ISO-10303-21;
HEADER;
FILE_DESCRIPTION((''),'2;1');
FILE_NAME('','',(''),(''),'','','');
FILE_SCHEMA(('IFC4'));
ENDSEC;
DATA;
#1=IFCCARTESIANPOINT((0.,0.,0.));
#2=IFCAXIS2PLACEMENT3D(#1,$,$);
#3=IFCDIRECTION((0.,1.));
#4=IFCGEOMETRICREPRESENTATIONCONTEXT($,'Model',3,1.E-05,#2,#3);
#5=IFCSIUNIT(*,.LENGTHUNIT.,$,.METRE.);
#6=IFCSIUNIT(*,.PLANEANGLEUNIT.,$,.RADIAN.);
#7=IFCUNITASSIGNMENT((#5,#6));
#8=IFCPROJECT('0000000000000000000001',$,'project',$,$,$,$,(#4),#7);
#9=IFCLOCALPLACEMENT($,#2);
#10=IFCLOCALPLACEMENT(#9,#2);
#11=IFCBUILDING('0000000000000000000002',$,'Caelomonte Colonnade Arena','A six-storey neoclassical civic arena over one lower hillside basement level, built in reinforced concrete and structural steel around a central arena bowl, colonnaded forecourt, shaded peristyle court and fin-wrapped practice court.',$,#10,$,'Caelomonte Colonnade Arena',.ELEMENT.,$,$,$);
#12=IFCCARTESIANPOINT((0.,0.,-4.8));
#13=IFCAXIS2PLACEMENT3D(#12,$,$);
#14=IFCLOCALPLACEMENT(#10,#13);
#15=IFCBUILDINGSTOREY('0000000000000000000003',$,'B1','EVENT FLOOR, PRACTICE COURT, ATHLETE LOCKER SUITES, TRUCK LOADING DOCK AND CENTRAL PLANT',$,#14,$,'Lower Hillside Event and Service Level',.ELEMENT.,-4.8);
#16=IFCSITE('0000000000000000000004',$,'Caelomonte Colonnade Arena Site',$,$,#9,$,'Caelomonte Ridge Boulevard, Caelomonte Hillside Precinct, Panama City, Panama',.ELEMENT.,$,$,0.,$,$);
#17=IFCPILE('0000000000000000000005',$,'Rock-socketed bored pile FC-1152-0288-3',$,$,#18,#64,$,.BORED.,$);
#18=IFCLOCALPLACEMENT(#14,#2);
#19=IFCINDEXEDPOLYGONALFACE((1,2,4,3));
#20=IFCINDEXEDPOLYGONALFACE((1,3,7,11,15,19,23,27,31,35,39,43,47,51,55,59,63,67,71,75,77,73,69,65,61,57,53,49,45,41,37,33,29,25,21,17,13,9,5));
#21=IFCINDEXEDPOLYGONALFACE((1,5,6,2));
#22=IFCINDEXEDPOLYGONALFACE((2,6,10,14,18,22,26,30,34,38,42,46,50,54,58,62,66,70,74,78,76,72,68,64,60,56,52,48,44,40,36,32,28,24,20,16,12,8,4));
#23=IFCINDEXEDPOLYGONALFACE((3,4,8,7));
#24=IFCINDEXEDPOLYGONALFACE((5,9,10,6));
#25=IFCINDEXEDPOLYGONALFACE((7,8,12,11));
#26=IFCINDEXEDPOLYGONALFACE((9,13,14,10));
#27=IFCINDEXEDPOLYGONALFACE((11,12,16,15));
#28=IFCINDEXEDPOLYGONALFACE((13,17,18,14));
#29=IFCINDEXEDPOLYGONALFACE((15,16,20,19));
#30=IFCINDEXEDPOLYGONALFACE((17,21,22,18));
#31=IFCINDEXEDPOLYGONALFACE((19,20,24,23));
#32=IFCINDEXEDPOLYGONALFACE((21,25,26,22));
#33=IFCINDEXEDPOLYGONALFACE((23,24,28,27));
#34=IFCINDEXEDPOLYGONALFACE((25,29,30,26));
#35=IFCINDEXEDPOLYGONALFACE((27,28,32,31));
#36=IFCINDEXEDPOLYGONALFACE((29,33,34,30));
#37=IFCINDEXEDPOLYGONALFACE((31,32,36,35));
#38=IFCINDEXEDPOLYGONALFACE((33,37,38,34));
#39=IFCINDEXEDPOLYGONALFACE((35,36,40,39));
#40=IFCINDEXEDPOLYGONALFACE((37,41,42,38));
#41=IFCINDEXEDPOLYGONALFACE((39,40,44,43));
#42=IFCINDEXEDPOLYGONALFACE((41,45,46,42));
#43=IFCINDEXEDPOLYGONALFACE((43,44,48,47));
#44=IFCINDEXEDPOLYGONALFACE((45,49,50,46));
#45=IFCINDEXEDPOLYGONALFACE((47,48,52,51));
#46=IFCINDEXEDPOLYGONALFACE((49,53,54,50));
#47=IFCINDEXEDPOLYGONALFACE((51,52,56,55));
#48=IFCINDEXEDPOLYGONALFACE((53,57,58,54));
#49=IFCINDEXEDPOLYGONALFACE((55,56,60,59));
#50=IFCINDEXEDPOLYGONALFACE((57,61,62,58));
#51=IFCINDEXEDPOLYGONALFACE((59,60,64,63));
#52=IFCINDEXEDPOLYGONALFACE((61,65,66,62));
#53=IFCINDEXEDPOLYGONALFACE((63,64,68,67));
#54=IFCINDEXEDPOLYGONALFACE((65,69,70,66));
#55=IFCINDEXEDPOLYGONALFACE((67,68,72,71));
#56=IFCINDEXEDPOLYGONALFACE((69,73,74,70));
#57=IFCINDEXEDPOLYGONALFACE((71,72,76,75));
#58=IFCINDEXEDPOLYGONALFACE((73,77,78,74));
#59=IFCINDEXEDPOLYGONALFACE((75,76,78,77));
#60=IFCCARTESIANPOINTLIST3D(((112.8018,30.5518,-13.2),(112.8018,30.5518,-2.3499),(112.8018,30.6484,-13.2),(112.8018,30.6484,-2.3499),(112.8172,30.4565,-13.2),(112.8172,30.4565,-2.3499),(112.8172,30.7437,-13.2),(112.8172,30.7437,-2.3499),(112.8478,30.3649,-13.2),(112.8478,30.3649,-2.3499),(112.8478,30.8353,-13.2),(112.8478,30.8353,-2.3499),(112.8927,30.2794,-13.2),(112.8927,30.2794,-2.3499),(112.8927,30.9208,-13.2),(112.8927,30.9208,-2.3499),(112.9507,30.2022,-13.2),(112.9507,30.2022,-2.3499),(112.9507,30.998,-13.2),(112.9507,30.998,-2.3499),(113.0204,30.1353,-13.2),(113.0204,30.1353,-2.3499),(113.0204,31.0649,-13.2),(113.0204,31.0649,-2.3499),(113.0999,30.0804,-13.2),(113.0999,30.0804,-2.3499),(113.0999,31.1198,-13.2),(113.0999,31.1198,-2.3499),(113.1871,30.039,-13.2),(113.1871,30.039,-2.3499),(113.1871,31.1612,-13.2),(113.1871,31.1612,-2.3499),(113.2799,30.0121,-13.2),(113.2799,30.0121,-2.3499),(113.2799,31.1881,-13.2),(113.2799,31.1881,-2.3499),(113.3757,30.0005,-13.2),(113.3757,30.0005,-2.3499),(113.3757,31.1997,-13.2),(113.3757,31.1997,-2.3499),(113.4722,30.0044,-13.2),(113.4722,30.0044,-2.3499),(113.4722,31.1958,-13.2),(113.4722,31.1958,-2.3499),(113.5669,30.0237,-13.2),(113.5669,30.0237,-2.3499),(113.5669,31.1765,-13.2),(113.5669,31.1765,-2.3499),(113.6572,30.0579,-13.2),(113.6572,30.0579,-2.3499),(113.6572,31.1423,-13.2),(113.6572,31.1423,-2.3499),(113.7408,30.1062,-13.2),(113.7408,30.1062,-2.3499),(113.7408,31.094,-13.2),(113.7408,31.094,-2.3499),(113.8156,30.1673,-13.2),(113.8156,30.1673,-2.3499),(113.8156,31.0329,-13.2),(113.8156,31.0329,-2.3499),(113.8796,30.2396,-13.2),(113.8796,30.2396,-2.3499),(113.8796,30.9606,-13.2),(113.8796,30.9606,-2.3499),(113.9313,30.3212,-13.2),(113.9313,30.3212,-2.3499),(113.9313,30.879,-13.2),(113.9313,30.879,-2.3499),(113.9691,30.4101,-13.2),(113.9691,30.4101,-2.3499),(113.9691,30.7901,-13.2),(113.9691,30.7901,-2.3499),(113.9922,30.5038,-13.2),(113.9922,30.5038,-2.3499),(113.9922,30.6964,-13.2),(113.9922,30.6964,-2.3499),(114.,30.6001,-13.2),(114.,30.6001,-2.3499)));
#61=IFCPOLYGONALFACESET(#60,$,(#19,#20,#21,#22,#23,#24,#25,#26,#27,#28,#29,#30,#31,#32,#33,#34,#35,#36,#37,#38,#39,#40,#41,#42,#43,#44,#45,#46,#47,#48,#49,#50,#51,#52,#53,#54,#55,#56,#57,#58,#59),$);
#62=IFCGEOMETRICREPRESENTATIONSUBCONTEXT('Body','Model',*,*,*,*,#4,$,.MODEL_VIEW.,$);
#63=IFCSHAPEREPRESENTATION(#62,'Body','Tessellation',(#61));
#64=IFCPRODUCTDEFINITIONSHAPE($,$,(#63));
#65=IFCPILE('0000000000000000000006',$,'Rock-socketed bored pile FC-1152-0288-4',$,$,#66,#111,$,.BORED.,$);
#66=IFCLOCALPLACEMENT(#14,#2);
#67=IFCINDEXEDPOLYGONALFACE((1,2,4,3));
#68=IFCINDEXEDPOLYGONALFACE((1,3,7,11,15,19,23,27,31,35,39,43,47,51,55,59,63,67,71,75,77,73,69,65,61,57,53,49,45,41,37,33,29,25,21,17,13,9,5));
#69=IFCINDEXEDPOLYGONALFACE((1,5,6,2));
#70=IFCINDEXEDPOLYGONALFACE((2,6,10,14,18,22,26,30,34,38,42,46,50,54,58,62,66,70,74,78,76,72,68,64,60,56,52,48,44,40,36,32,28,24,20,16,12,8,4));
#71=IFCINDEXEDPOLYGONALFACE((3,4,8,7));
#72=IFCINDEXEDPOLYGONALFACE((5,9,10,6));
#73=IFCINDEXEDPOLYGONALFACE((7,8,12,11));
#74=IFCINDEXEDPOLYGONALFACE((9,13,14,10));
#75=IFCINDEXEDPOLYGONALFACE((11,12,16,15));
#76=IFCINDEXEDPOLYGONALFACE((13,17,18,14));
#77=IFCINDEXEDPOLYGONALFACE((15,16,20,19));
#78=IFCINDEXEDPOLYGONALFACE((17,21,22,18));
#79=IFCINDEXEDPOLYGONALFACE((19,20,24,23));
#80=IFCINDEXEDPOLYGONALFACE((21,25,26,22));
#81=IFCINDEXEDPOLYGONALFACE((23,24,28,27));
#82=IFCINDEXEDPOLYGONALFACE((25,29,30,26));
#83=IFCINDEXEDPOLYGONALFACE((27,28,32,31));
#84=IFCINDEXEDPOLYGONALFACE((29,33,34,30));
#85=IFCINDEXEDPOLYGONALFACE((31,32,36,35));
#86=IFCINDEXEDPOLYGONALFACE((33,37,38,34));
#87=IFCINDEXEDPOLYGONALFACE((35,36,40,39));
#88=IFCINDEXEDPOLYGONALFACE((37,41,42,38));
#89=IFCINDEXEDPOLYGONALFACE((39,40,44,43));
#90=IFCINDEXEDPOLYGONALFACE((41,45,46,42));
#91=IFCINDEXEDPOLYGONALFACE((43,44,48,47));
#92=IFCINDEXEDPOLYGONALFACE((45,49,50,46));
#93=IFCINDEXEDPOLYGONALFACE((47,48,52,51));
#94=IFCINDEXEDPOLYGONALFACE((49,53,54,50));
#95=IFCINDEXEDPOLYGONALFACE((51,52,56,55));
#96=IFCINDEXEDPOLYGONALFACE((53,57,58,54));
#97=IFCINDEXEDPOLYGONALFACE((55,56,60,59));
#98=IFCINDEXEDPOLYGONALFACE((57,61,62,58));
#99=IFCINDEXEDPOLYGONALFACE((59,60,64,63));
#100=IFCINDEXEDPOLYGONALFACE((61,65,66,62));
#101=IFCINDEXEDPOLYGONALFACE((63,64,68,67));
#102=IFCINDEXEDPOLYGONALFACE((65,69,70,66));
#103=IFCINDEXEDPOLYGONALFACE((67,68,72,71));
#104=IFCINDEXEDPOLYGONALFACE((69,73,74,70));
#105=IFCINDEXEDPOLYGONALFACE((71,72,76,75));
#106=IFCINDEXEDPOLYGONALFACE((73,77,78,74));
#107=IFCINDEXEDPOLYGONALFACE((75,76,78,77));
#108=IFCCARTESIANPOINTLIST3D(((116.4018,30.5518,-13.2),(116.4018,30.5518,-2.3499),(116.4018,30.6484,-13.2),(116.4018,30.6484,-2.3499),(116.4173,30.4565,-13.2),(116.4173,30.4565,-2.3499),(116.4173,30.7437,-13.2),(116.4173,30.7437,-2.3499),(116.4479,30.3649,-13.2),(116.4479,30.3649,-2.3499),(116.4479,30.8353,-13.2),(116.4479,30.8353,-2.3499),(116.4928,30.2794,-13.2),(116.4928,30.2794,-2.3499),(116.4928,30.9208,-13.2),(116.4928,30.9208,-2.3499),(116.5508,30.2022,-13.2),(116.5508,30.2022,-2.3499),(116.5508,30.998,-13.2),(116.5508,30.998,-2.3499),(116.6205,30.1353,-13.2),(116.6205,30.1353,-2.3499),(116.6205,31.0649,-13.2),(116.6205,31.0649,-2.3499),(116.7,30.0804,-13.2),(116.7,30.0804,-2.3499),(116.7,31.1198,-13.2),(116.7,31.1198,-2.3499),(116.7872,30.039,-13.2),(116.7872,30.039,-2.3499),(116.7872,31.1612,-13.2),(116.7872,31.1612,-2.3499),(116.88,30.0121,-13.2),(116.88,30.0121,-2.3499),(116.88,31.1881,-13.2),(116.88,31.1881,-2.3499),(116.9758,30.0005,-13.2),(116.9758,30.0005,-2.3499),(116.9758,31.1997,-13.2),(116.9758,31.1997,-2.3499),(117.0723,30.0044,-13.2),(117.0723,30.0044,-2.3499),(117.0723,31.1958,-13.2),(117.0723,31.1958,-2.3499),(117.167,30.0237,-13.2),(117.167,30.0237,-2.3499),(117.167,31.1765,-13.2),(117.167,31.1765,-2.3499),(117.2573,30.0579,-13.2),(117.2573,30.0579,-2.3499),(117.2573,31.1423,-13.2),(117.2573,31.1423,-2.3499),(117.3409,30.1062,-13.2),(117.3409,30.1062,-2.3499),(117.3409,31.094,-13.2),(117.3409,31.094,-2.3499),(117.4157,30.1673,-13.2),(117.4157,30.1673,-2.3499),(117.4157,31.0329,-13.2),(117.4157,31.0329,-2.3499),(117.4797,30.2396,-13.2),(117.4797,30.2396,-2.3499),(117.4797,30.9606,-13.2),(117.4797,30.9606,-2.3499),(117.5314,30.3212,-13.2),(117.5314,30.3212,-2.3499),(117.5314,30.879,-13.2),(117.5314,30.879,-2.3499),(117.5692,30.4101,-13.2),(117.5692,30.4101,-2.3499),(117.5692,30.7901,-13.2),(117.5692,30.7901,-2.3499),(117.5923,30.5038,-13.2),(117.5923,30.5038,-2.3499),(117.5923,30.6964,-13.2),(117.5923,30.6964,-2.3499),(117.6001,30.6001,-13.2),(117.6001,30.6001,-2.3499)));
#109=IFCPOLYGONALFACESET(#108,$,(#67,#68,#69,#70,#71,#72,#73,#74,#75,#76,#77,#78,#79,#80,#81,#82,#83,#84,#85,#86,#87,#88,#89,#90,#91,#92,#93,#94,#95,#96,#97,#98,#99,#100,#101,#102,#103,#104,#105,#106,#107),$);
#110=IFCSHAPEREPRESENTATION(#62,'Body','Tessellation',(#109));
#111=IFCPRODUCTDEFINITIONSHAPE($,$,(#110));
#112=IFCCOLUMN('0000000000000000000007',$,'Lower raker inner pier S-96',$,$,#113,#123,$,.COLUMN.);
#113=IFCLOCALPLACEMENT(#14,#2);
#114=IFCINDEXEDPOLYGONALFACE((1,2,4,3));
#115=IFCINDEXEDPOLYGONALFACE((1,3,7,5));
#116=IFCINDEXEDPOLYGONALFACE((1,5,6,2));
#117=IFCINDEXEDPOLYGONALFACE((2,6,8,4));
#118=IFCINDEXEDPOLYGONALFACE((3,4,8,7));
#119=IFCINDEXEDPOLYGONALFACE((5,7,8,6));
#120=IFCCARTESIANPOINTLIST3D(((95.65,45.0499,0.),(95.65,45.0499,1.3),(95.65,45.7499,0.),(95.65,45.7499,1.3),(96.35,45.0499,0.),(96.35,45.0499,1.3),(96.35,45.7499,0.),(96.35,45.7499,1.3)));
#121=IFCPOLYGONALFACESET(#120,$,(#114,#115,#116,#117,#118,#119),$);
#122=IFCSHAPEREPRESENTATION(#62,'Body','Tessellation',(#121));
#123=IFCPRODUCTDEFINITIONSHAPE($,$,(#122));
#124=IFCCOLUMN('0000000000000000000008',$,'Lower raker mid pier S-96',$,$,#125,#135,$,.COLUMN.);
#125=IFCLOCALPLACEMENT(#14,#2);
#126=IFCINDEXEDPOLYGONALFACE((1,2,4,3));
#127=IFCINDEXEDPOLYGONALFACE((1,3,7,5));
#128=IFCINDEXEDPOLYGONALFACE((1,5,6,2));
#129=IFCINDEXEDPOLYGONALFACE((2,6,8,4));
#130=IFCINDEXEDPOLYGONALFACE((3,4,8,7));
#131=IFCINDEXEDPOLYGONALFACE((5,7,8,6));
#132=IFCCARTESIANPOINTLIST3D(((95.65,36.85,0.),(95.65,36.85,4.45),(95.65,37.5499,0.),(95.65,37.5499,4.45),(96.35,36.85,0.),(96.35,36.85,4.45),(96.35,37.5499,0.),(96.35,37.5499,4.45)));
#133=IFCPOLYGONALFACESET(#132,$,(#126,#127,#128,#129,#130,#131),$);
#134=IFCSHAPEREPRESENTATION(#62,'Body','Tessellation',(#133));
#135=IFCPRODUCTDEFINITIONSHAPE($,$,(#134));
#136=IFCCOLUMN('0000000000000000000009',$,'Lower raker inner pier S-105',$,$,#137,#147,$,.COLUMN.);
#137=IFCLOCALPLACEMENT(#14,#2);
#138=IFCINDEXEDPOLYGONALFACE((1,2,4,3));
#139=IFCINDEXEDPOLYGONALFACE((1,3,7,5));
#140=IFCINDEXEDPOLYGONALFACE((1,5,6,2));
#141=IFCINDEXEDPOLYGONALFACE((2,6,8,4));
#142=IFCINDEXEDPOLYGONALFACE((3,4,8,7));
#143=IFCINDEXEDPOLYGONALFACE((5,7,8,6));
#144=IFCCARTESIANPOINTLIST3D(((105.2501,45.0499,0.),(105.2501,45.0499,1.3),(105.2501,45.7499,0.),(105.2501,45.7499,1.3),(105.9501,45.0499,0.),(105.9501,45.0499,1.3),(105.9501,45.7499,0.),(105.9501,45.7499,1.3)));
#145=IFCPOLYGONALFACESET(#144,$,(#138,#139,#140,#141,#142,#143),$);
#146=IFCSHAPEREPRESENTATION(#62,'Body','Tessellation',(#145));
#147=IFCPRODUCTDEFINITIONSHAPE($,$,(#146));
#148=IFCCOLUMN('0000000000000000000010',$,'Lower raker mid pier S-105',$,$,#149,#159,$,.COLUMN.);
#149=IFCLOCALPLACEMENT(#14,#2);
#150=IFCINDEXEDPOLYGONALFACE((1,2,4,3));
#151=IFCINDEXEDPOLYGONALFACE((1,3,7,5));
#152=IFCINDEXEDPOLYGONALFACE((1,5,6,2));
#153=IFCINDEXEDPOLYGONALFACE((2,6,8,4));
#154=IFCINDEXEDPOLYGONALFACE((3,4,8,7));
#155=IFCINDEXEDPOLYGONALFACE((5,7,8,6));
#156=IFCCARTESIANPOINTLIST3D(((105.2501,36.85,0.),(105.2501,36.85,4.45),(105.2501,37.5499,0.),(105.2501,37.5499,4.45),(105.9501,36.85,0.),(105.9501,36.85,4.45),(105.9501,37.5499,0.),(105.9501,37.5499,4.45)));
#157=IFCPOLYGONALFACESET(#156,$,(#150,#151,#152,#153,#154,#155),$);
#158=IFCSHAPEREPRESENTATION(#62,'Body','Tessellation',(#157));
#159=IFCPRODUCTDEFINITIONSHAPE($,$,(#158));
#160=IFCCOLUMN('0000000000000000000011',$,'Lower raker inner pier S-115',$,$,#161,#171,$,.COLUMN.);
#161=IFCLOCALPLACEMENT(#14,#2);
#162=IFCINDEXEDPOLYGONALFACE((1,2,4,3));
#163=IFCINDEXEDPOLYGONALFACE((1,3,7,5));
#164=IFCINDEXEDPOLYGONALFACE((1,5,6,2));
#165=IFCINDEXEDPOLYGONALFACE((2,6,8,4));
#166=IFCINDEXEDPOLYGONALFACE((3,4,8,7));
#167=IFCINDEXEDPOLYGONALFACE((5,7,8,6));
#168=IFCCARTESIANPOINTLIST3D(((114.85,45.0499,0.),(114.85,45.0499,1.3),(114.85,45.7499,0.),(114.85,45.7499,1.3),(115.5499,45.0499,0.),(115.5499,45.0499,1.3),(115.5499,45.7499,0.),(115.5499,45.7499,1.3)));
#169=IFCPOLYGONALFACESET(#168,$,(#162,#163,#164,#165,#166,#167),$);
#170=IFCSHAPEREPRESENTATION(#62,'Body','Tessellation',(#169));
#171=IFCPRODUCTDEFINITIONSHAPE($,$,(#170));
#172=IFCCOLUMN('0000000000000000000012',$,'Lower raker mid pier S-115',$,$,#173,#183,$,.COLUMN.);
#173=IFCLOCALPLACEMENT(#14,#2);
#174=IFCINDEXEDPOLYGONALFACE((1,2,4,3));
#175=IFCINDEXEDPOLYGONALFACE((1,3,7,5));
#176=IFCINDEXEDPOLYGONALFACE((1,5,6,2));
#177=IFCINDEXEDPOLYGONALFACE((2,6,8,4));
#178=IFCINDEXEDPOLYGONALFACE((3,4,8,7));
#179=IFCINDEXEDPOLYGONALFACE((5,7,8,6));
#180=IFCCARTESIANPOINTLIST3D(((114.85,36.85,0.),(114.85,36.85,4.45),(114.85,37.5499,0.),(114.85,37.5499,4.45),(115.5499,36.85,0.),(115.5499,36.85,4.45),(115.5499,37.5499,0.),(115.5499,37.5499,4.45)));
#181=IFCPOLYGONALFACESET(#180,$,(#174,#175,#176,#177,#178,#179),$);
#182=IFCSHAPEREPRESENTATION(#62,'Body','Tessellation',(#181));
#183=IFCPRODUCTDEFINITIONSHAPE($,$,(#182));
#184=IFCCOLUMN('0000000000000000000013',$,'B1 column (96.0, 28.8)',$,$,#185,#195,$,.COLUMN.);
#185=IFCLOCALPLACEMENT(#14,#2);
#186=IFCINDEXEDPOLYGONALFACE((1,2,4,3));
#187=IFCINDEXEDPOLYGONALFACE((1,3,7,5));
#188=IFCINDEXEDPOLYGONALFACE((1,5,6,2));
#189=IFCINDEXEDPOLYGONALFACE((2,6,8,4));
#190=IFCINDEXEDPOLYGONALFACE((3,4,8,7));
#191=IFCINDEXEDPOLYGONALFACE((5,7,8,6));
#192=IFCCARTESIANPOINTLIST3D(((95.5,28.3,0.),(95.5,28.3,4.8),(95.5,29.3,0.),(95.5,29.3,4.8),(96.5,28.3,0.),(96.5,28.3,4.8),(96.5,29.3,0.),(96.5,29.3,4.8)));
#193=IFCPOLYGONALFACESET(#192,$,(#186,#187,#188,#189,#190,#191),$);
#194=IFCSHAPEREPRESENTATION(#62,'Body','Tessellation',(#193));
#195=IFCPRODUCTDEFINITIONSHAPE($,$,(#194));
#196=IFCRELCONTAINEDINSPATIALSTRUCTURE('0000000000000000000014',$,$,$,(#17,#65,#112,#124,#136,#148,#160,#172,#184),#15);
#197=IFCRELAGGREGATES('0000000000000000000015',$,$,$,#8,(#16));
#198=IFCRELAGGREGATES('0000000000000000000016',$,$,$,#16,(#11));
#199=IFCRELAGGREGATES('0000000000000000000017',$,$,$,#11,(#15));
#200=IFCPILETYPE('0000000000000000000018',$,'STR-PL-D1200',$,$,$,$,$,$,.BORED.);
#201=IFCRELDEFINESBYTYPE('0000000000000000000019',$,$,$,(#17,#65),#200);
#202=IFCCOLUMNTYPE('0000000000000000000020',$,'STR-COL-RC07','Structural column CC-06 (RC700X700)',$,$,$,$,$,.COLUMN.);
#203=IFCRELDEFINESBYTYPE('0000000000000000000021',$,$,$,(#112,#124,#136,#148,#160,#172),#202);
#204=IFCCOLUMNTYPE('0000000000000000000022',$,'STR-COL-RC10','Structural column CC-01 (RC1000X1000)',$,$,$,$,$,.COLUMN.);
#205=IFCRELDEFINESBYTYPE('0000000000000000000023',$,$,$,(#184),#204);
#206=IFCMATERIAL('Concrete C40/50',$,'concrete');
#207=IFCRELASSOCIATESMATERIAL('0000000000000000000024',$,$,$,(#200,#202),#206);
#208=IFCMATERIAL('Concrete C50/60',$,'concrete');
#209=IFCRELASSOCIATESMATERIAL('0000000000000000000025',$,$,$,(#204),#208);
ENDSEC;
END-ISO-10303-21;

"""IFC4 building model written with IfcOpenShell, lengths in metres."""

from ifc_helpers import new_model, si_unit, direction, frame, origin, origin_2d, place, context, subcontext, project, spatial, rectangle, circle, extrude, material, material_profile, profile_set, type_object, element, save


model = new_model("IFC4")

# Units and contexts
model_context = context("Model", 3, precision=1e-05, world=origin(), true_north=direction((0.0, 1.0)))
body_context = subcontext(model_context, "Body", "Model", "MODEL_VIEW")
ifc_project = project(units=[si_unit("LENGTHUNIT", "METRE"), si_unit("PLANEANGLEUNIT", "RADIAN")], contexts=[model_context])

# Site, building, storey
site_placement = place(None, origin())
site = spatial("IfcSite", under=ifc_project, at=site_placement, Name="Caelomonte Colonnade Arena Site", LongName="Caelomonte Ridge Boulevard, Caelomonte Hillside Precinct, Panama City, Panama", CompositionType="ELEMENT", RefElevation=0.0)
building_placement = place(site_placement, origin())
building = spatial("IfcBuilding", under=site, at=building_placement, Name="Caelomonte Colonnade Arena", Description="A six-storey neoclassical civic arena over one lower hillside basement level, built in reinforced concrete and structural steel around a central arena bowl, colonnaded forecourt, shaded peristyle court and fin-wrapped practice court.", LongName="Caelomonte Colonnade Arena", CompositionType="ELEMENT")
storey_placement = place(building_placement, frame((0.0, 0.0, -4.8)))
storey = spatial("IfcBuildingStorey", under=building, at=storey_placement, Name="B1", Description="EVENT FLOOR, PRACTICE COURT, ATHLETE LOCKER SUITES, TRUCK LOADING DOCK AND CENTRAL PLANT", LongName="Lower Hillside Event and Service Level", CompositionType="ELEMENT", Elevation=-4.8)

# Shared definitions
ifc_material_1 = material(Name="Concrete C40/50", Category="concrete")

# Piles
ifc_material_profile_1 = material_profile(ifc_material_1, circle(Radius=0.6001, at=origin_2d()), Name="PILE-D1200")
ifc_profile_set_1 = profile_set([ifc_material_profile_1], Name="Concrete C40/50")
pile_type_1 = type_object("IfcPileType", Name="STR-PL-D1200", PredefinedType="BORED", material=ifc_profile_set_1)
for number, where, z_axis, x_axis, name in (
    (1, (113.3999, 30.6001, -2.3499), (0.0, 0.0, -1.0), (1.0, 0.0, 0.0), "Rock-socketed bored pile FC-1152-0288-3"),
    (2, (117.0, 30.6001, -2.3499), (0.0, 0.0, -1.0), (1.0, 0.0, 0.0), "Rock-socketed bored pile FC-1152-0288-4"),
):
    element("IfcPile", number, at=place(storey_placement, frame(where, z_axis=z_axis, x_axis=x_axis)), inside=storey, type_object=pile_type_1, Name=name, PredefinedType="BORED", context=body_context, shape_type="SweptSolid", body=[
        extrude(circle(Radius=0.6001, at=origin_2d()), origin(), (0.0, 0.0, 1.0), 10.8501),
    ])

# Columns
ifc_material_profile_2 = material_profile(ifc_material_1, rectangle(XDim=0.7, YDim=0.7, at=origin_2d()), Name="RC700X700")
ifc_profile_set_2 = profile_set([ifc_material_profile_2], Name="Concrete C40/50")
column_type_1 = type_object("IfcColumnType", Name="STR-COL-RC07", Description="Structural column CC-06 (RC700X700)", PredefinedType="COLUMN", material=ifc_profile_set_2)
column_1_placement = place(storey_placement, frame((96.0, 45.3999, 0.0), z_axis=(0.0, 0.0, 1.0), x_axis=(1.0, 0.0, 0.0)))
element("IfcColumn", 3, at=column_1_placement, inside=storey, type_object=column_type_1, Name="Lower raker inner pier S-96", PredefinedType="COLUMN", context=body_context, shape_type="SweptSolid", body=[
    extrude(rectangle(XDim=0.7, YDim=0.7, at=origin_2d()), origin(), (0.0, 0.0, 1.0), 1.3),
])
column_2_placement = place(storey_placement, frame((96.0, 37.2, 0.0), z_axis=(0.0, 0.0, 1.0), x_axis=(1.0, 0.0, 0.0)))
element("IfcColumn", 4, at=column_2_placement, inside=storey, type_object=column_type_1, Name="Lower raker mid pier S-96", PredefinedType="COLUMN", context=body_context, shape_type="SweptSolid", body=[
    extrude(rectangle(XDim=0.7, YDim=0.7, at=origin_2d()), origin(), (0.0, 0.0, 1.0), 4.45),
])
column_3_placement = place(storey_placement, frame((105.6001, 45.3999, 0.0), z_axis=(0.0, 0.0, 1.0), x_axis=(1.0, 0.0, 0.0)))
element("IfcColumn", 5, at=column_3_placement, inside=storey, type_object=column_type_1, Name="Lower raker inner pier S-105", PredefinedType="COLUMN", context=body_context, shape_type="SweptSolid", body=[
    extrude(rectangle(XDim=0.7, YDim=0.7, at=origin_2d()), origin(), (0.0, 0.0, 1.0), 1.3),
])
column_4_placement = place(storey_placement, frame((105.6001, 37.2, 0.0), z_axis=(0.0, 0.0, 1.0), x_axis=(1.0, 0.0, 0.0)))
element("IfcColumn", 6, at=column_4_placement, inside=storey, type_object=column_type_1, Name="Lower raker mid pier S-105", PredefinedType="COLUMN", context=body_context, shape_type="SweptSolid", body=[
    extrude(rectangle(XDim=0.7, YDim=0.7, at=origin_2d()), origin(), (0.0, 0.0, 1.0), 4.45),
])
column_5_placement = place(storey_placement, frame((115.2, 45.3999, 0.0), z_axis=(0.0, 0.0, 1.0), x_axis=(1.0, 0.0, 0.0)))
element("IfcColumn", 7, at=column_5_placement, inside=storey, type_object=column_type_1, Name="Lower raker inner pier S-115", PredefinedType="COLUMN", context=body_context, shape_type="SweptSolid", body=[
    extrude(rectangle(XDim=0.7, YDim=0.7, at=origin_2d()), origin(), (0.0, 0.0, 1.0), 1.3),
])
column_6_placement = place(storey_placement, frame((115.2, 37.2, 0.0), z_axis=(0.0, 0.0, 1.0), x_axis=(1.0, 0.0, 0.0)))
element("IfcColumn", 8, at=column_6_placement, inside=storey, type_object=column_type_1, Name="Lower raker mid pier S-115", PredefinedType="COLUMN", context=body_context, shape_type="SweptSolid", body=[
    extrude(rectangle(XDim=0.7, YDim=0.7, at=origin_2d()), origin(), (0.0, 0.0, 1.0), 4.45),
])
ifc_material_2 = material(Name="Concrete C50/60", Category="concrete")
ifc_material_profile_3 = material_profile(ifc_material_2, rectangle(XDim=1.0, YDim=1.0, at=origin_2d()), Name="RC1000X1000")
ifc_profile_set_3 = profile_set([ifc_material_profile_3], Name="Concrete C50/60")
column_type_2 = type_object("IfcColumnType", Name="STR-COL-RC10", Description="Structural column CC-01 (RC1000X1000)", PredefinedType="COLUMN", material=ifc_profile_set_3)
for number, where, z_axis, x_axis, name in (
    (9, (96.0, 28.8, 0.0), (0.0, 0.0, 1.0), (1.0, 0.0, 0.0), "B1 column (96.0, 28.8)"),
):
    element("IfcColumn", number, at=place(storey_placement, frame(where, z_axis=z_axis, x_axis=x_axis)), inside=storey, type_object=column_type_2, Name=name, PredefinedType="COLUMN", context=body_context, shape_type="SweptSolid", body=[
        extrude(rectangle(XDim=1.0, YDim=1.0, at=origin_2d()), origin(), (0.0, 0.0, 1.0), 4.8),
    ])

save(model, "model.ifc")
